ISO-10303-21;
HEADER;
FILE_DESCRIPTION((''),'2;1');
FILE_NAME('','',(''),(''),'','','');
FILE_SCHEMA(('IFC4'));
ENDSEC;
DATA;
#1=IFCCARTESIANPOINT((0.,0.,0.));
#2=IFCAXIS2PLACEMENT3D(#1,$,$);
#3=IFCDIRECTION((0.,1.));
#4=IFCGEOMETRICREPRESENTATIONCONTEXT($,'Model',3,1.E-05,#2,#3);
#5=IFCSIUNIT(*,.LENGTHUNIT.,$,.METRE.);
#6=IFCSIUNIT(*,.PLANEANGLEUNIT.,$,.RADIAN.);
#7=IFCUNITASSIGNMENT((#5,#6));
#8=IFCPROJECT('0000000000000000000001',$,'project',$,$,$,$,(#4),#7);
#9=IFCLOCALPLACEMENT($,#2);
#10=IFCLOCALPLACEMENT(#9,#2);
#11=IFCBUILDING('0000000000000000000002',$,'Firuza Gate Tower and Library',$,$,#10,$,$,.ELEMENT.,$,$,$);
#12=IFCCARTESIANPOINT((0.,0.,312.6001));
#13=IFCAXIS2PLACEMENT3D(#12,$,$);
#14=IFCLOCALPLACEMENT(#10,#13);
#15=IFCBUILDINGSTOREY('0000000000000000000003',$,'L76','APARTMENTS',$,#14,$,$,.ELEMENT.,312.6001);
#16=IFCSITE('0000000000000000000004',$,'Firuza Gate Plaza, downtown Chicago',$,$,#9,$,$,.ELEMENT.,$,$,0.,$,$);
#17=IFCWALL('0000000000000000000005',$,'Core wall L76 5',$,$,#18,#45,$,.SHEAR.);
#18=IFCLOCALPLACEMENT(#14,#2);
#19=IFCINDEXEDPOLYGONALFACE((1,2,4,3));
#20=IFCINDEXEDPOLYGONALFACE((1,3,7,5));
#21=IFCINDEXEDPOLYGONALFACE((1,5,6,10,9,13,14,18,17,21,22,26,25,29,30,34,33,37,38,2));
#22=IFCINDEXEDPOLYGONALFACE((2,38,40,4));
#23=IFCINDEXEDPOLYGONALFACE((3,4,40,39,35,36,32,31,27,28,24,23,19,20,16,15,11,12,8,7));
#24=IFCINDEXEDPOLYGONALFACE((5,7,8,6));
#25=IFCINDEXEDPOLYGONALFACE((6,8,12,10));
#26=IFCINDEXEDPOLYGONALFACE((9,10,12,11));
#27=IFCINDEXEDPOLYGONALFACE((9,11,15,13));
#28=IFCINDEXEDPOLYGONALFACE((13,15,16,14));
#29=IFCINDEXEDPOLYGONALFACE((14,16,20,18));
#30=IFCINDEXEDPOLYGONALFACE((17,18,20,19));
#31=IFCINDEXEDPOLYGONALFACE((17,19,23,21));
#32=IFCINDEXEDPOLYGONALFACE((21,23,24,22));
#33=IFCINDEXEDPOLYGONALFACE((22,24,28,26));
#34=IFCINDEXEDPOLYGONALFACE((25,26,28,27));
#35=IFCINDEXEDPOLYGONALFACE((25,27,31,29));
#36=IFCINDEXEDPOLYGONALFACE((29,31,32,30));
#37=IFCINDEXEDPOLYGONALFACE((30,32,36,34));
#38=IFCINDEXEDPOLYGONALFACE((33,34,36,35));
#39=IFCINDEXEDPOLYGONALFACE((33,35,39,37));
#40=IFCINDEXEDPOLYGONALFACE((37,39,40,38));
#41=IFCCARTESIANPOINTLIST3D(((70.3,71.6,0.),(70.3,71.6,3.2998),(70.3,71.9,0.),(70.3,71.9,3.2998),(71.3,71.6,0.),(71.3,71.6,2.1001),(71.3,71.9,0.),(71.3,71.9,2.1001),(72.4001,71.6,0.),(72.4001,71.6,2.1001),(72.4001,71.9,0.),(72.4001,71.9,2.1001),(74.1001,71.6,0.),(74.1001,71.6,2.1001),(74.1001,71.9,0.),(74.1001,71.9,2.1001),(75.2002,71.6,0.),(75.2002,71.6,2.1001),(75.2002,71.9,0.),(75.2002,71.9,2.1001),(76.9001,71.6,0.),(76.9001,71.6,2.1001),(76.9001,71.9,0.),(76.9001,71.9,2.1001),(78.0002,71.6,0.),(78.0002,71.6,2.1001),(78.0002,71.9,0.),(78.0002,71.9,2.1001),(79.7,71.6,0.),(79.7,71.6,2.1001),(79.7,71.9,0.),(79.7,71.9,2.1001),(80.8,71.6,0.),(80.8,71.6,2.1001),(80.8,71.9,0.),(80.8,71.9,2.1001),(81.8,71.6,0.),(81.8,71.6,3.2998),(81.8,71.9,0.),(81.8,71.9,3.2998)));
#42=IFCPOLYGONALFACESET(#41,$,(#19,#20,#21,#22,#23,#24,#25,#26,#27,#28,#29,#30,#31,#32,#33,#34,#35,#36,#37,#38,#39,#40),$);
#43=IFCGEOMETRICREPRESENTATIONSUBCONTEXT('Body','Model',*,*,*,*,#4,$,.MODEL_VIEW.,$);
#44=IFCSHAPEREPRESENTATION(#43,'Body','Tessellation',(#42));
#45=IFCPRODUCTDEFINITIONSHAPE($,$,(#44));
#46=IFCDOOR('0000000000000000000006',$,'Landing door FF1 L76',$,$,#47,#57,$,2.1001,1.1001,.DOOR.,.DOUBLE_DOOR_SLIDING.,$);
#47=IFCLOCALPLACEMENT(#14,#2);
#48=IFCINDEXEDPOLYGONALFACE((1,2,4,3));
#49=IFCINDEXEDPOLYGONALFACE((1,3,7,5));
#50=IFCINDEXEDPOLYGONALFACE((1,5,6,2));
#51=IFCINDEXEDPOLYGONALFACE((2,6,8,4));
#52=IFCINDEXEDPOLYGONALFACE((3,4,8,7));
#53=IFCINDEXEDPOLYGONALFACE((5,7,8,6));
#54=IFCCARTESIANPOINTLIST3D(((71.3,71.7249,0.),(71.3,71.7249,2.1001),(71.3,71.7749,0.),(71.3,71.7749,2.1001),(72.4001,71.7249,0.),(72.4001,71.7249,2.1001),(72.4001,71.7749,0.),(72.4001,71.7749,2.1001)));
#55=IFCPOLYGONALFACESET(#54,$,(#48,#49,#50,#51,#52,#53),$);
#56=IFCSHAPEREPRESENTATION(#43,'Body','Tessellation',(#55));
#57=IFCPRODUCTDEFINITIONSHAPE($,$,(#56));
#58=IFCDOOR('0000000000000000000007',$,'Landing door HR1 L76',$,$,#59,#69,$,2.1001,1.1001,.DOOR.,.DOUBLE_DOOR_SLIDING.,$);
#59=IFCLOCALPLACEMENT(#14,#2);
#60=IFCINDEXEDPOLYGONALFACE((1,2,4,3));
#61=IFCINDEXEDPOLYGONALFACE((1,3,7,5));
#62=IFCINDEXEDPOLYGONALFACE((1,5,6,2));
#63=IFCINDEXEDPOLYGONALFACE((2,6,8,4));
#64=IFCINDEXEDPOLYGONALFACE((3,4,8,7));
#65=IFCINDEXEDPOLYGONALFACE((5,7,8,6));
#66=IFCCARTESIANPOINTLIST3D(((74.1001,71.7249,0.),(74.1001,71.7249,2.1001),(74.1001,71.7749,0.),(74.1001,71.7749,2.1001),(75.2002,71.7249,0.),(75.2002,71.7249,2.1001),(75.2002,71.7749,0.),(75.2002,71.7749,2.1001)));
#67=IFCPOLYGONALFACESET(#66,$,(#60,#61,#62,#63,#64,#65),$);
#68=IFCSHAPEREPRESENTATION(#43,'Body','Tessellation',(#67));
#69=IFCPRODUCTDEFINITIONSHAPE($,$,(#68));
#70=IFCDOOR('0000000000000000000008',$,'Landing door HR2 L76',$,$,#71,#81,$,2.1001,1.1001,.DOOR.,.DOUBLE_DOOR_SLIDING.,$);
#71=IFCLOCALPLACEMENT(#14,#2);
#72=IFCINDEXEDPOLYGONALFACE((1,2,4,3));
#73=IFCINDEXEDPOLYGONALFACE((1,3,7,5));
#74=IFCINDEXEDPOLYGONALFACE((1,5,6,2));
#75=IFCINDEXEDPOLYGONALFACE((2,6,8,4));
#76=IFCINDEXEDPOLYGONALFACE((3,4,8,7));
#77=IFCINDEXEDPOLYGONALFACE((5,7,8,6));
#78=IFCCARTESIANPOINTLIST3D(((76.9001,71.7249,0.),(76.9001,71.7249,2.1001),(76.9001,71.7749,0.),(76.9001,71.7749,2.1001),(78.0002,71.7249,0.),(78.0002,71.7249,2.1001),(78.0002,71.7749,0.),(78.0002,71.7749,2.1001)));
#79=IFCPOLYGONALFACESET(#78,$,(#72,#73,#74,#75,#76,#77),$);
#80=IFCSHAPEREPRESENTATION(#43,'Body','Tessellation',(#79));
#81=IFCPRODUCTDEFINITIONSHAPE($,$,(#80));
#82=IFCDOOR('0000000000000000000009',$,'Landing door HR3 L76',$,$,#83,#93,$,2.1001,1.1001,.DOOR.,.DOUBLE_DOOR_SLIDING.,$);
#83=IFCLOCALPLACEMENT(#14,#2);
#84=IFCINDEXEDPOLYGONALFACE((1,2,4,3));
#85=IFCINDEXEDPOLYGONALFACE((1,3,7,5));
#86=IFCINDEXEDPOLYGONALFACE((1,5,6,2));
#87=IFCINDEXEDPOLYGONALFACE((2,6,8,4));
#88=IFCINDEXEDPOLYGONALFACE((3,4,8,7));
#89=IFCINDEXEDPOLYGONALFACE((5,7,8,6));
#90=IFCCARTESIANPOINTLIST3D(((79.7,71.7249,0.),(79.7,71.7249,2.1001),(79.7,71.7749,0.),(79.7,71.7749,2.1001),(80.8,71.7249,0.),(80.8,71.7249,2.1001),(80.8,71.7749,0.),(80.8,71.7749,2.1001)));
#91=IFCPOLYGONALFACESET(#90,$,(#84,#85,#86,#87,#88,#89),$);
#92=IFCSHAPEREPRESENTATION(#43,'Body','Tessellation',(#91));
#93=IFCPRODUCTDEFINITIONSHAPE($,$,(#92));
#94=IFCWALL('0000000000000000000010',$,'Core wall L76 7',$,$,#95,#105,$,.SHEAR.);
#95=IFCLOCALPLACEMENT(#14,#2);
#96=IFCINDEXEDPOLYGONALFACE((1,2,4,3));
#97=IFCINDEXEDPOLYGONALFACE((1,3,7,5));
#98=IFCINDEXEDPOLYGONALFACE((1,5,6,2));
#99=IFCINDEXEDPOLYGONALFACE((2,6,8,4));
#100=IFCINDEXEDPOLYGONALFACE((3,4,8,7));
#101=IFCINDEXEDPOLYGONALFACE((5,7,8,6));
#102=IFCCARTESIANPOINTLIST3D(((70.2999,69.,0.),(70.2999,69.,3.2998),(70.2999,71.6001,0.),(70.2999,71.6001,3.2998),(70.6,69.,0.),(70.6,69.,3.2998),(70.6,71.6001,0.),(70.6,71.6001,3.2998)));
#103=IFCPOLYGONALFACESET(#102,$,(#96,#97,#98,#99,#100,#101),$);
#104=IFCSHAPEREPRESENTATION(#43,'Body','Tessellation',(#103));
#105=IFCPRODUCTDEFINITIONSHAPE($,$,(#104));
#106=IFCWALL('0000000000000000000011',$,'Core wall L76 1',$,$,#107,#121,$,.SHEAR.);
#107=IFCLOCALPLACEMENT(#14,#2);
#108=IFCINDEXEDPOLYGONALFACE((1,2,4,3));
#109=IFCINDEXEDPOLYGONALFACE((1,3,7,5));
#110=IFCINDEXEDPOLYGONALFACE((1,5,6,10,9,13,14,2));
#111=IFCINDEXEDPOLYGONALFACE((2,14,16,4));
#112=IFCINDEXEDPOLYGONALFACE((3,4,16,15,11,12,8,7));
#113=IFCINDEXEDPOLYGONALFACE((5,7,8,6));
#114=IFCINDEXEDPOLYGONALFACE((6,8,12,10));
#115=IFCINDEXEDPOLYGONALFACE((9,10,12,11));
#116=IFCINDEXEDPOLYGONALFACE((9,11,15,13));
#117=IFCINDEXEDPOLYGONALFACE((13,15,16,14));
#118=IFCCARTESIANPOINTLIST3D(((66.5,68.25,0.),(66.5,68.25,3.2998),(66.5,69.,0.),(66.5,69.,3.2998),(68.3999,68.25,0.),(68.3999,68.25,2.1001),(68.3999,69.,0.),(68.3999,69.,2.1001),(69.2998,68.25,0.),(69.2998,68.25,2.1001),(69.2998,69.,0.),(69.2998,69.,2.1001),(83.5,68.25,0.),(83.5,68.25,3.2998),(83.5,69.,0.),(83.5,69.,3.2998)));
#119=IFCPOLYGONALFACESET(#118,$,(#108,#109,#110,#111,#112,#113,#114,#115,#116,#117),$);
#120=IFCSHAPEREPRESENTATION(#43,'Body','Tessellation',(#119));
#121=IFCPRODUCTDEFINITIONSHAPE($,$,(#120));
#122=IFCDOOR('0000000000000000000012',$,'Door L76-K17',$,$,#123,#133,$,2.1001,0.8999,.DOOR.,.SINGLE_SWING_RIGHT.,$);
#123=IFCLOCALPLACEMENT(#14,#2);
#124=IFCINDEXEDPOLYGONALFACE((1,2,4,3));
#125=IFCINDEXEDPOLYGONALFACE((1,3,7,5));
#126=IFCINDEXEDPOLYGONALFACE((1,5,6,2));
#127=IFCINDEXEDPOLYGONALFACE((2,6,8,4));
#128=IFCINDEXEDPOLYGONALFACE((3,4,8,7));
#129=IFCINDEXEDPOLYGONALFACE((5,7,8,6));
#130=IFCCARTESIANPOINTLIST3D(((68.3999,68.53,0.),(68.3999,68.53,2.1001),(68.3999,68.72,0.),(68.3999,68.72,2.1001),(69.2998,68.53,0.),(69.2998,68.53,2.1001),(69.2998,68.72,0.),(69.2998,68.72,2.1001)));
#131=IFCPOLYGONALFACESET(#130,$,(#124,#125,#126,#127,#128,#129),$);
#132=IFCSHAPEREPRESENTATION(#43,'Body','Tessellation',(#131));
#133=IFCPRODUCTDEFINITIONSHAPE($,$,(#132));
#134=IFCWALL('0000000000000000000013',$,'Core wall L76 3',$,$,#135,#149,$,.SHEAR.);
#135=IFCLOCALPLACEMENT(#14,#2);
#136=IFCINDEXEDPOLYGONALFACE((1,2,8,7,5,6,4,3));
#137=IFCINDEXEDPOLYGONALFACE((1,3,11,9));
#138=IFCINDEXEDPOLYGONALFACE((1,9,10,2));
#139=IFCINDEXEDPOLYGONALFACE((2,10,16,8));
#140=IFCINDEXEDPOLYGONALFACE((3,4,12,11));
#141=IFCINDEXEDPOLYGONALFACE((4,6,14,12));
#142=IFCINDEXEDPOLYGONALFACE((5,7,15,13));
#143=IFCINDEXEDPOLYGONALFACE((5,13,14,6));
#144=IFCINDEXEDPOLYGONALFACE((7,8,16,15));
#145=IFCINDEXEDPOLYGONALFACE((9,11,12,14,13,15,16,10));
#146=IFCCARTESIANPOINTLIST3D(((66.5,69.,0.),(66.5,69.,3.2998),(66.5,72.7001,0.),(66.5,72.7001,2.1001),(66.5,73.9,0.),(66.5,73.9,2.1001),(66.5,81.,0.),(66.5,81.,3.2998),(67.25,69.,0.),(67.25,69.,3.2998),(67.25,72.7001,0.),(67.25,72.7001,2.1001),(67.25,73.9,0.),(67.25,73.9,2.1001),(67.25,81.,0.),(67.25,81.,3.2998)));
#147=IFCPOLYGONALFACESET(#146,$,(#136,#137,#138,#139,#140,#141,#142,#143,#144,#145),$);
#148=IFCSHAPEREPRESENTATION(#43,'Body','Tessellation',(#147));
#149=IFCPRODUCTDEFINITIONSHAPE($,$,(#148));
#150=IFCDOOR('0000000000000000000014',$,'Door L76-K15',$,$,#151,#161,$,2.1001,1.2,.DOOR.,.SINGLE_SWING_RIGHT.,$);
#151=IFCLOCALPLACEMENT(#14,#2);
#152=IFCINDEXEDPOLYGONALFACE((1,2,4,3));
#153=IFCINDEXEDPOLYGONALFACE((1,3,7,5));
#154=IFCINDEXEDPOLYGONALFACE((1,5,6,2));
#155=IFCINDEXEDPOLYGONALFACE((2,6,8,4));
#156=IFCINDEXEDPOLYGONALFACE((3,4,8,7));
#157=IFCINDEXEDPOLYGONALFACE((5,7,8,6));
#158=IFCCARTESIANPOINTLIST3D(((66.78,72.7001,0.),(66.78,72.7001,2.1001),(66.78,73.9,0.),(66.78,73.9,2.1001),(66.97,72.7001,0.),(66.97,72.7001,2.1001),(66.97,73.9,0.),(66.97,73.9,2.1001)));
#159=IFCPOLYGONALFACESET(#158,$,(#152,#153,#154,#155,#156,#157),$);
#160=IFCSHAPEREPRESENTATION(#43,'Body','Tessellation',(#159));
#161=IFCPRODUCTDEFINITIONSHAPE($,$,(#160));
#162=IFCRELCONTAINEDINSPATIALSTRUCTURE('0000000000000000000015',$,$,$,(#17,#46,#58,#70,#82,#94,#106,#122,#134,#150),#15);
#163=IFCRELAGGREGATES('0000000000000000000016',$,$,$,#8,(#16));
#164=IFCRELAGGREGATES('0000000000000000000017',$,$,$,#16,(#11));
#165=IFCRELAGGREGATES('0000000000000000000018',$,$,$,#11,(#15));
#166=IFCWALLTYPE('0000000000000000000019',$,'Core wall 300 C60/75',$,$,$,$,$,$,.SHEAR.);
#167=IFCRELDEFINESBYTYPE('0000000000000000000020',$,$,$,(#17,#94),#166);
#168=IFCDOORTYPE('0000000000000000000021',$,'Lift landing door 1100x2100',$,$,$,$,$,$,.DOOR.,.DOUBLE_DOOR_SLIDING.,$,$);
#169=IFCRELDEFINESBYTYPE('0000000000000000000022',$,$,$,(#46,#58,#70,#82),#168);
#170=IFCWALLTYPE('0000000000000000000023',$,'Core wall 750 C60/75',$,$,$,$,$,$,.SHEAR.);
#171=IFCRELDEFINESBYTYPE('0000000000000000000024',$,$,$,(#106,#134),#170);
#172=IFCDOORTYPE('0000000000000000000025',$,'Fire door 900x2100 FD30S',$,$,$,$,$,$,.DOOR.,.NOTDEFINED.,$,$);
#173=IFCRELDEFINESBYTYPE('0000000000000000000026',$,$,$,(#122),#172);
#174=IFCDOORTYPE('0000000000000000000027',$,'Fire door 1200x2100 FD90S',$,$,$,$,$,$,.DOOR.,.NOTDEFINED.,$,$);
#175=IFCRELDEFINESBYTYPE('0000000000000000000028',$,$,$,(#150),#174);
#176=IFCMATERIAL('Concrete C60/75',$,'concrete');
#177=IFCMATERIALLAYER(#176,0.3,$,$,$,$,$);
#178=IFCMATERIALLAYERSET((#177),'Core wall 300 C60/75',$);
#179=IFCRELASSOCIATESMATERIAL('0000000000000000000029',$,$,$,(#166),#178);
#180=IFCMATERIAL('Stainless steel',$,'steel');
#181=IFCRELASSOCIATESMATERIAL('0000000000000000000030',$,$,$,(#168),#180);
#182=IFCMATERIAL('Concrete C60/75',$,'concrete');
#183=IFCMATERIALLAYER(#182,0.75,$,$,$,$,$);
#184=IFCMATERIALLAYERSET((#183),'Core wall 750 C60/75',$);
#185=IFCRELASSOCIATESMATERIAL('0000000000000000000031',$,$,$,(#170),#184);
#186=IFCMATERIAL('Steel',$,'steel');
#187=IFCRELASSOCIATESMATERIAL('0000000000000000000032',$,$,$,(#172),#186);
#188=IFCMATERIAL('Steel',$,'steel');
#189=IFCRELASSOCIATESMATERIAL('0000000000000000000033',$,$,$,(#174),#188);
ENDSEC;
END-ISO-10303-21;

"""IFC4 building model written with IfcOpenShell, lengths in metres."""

from ifc_helpers import new_model, si_unit, direction, frame, frame_2d, origin, place, context, subcontext, project, spatial, rectangle, extrude, material, layer, layer_set, type_object, element, fill, save


model = new_model("IFC4")

# Units and contexts
model_context = context("Model", 3, precision=1e-05, world=origin(), true_north=direction((0.0, 1.0)))
body_context = subcontext(model_context, "Body", "Model", "MODEL_VIEW")
ifc_project = project(units=[si_unit("LENGTHUNIT", "METRE"), si_unit("PLANEANGLEUNIT", "RADIAN")], contexts=[model_context])

# Site, building, storey
site_placement = place(None, origin())
site = spatial("IfcSite", under=ifc_project, at=site_placement, Name="Firuza Gate Plaza, downtown Chicago", CompositionType="ELEMENT", RefElevation=0.0)
building_placement = place(site_placement, origin())
building = spatial("IfcBuilding", under=site, at=building_placement, Name="Firuza Gate Tower and Library", CompositionType="ELEMENT")
storey_placement = place(building_placement, frame((0.0, 0.0, 312.6001)))
storey = spatial("IfcBuildingStorey", under=building, at=storey_placement, Name="L76", Description="APARTMENTS", CompositionType="ELEMENT", Elevation=312.6001)

# Wall, openings, doors
ifc_material_1 = material(Name="Concrete C60/75", Category="concrete")
ifc_layer_1 = layer(ifc_material_1, 0.3)
ifc_layer_set_1 = layer_set([ifc_layer_1], Name="Core wall 300 C60/75")
wall_type_1 = type_object("IfcWallType", Name="Core wall 300 C60/75", PredefinedType="SHEAR", material=ifc_layer_set_1)
wall_1_placement = place(storey_placement, frame((70.3, 71.75, 0.0), z_axis=(0.0, 0.0, 1.0), x_axis=(1.0, 0.0, 0.0)))
wall_1 = element("IfcWall", 1, at=wall_1_placement, inside=storey, type_object=wall_type_1, Name="Core wall L76 5", PredefinedType="SHEAR", context=body_context, shape_type="SweptSolid", body=[
    extrude(rectangle(XDim=11.5, YDim=0.3, at=frame_2d((5.75, 0.0))), origin(), (0.0, 0.0, 1.0), 3.2998),
])
opening_1_placement = place(wall_1_placement, frame((1.0, 0.0, 0.0)))
opening_1 = element("IfcOpeningElement", 2, at=opening_1_placement, cuts=wall_1, PredefinedType="OPENING", context=body_context, shape_type="SweptSolid", body=[
    extrude(rectangle(XDim=1.1001, YDim=2.1001, at=frame_2d((0.55, 1.05))), frame((0.0, 0.1602, 0.0), z_axis=(0.0, -1.0, 0.0), x_axis=(1.0, 0.0, 0.0)), (0.0, 0.0, 1.0), 0.3201),
])
opening_2_placement = place(wall_1_placement, frame((3.8, 0.0, 0.0)))
opening_2 = element("IfcOpeningElement", 3, at=opening_2_placement, cuts=wall_1, PredefinedType="OPENING", context=body_context, shape_type="SweptSolid", body=[
    extrude(rectangle(XDim=1.1001, YDim=2.1001, at=frame_2d((0.55, 1.05))), frame((0.0, 0.1602, 0.0), z_axis=(0.0, -1.0, 0.0), x_axis=(1.0, 0.0, 0.0)), (0.0, 0.0, 1.0), 0.3201),
])
opening_3_placement = place(wall_1_placement, frame((6.6001, 0.0, 0.0)))
opening_3 = element("IfcOpeningElement", 4, at=opening_3_placement, cuts=wall_1, PredefinedType="OPENING", context=body_context, shape_type="SweptSolid", body=[
    extrude(rectangle(XDim=1.1001, YDim=2.1001, at=frame_2d((0.55, 1.05))), frame((0.0, 0.1602, 0.0), z_axis=(0.0, -1.0, 0.0), x_axis=(1.0, 0.0, 0.0)), (0.0, 0.0, 1.0), 0.3201),
])
opening_4_placement = place(wall_1_placement, frame((9.3999, 0.0, 0.0)))
opening_4 = element("IfcOpeningElement", 5, at=opening_4_placement, cuts=wall_1, PredefinedType="OPENING", context=body_context, shape_type="SweptSolid", body=[
    extrude(rectangle(XDim=1.1001, YDim=2.1001, at=frame_2d((0.55, 1.05))), frame((0.0, 0.1602, 0.0), z_axis=(0.0, -1.0, 0.0), x_axis=(1.0, 0.0, 0.0)), (0.0, 0.0, 1.0), 0.3201),
])
ifc_material_2 = material(Name="Stainless steel", Category="steel")
door_type_1 = type_object("IfcDoorType", Name="Lift landing door 1100x2100", OperationType="DOUBLE_DOOR_SLIDING", PredefinedType="DOOR", material=ifc_material_2)
door_1_placement = place(opening_1_placement, origin())
door_1 = element("IfcDoor", 6, at=door_1_placement, inside=storey, type_object=door_type_1, Name="Landing door FF1 L76", OperationType="DOUBLE_DOOR_SLIDING", OverallHeight=2.1001, OverallWidth=1.1001, PredefinedType="DOOR", context=body_context, shape_type="SweptSolid", body=[
    extrude(rectangle(XDim=1.1001, YDim=2.1001, at=frame_2d((0.55, 1.05))), frame((0.0, 0.0249, 0.0), z_axis=(0.0, -1.0, 0.0), x_axis=(1.0, 0.0, 0.0)), (0.0, 0.0, 1.0), 0.05),
])
fill(opening_1, door_1)
door_2_placement = place(opening_2_placement, origin())
door_2 = element("IfcDoor", 7, at=door_2_placement, inside=storey, type_object=door_type_1, Name="Landing door HR1 L76", OperationType="DOUBLE_DOOR_SLIDING", OverallHeight=2.1001, OverallWidth=1.1001, PredefinedType="DOOR", context=body_context, shape_type="SweptSolid", body=[
    extrude(rectangle(XDim=1.1001, YDim=2.1001, at=frame_2d((0.55, 1.05))), frame((0.0, 0.0249, 0.0), z_axis=(0.0, -1.0, 0.0), x_axis=(1.0, 0.0, 0.0)), (0.0, 0.0, 1.0), 0.05),
])
fill(opening_2, door_2)
door_3_placement = place(opening_3_placement, origin())
door_3 = element("IfcDoor", 8, at=door_3_placement, inside=storey, type_object=door_type_1, Name="Landing door HR2 L76", OperationType="DOUBLE_DOOR_SLIDING", OverallHeight=2.1001, OverallWidth=1.1001, PredefinedType="DOOR", context=body_context, shape_type="SweptSolid", body=[
    extrude(rectangle(XDim=1.1001, YDim=2.1001, at=frame_2d((0.55, 1.05))), frame((0.0, 0.0249, 0.0), z_axis=(0.0, -1.0, 0.0), x_axis=(1.0, 0.0, 0.0)), (0.0, 0.0, 1.0), 0.05),
])
fill(opening_3, door_3)
door_4_placement = place(opening_4_placement, origin())
door_4 = element("IfcDoor", 9, at=door_4_placement, inside=storey, type_object=door_type_1, Name="Landing door HR3 L76", OperationType="DOUBLE_DOOR_SLIDING", OverallHeight=2.1001, OverallWidth=1.1001, PredefinedType="DOOR", context=body_context, shape_type="SweptSolid", body=[
    extrude(rectangle(XDim=1.1001, YDim=2.1001, at=frame_2d((0.55, 1.05))), frame((0.0, 0.0249, 0.0), z_axis=(0.0, -1.0, 0.0), x_axis=(1.0, 0.0, 0.0)), (0.0, 0.0, 1.0), 0.05),
])
fill(opening_4, door_4)

# Wall
wall_2_placement = place(storey_placement, frame((70.45, 69.0, 0.0), z_axis=(0.0, 0.0, 1.0), x_axis=(0.0, 1.0, 0.0)))
element("IfcWall", 10, at=wall_2_placement, inside=storey, type_object=wall_type_1, Name="Core wall L76 7", PredefinedType="SHEAR", context=body_context, shape_type="SweptSolid", body=[
    extrude(rectangle(XDim=2.6001, YDim=0.3, at=frame_2d((1.3, 0.0))), origin(), (0.0, 0.0, 1.0), 3.2998),
])

# Walls, openings, doors
ifc_material_3 = material(Name="Concrete C60/75", Category="concrete")
ifc_layer_2 = layer(ifc_material_3, 0.75)
ifc_layer_set_2 = layer_set([ifc_layer_2], Name="Core wall 750 C60/75")
wall_type_2 = type_object("IfcWallType", Name="Core wall 750 C60/75", PredefinedType="SHEAR", material=ifc_layer_set_2)
wall_3_placement = place(storey_placement, frame((66.5, 68.625, 0.0), z_axis=(0.0, 0.0, 1.0), x_axis=(1.0, 0.0, 0.0)))
wall_3 = element("IfcWall", 11, at=wall_3_placement, inside=storey, type_object=wall_type_2, Name="Core wall L76 1", PredefinedType="SHEAR", context=body_context, shape_type="SweptSolid", body=[
    extrude(rectangle(XDim=17.0, YDim=0.75, at=frame_2d((8.5, 0.0))), origin(), (0.0, 0.0, 1.0), 3.2998),
])
opening_5_placement = place(wall_3_placement, frame((1.8999, 0.0, 0.0)))
opening_5 = element("IfcOpeningElement", 12, at=opening_5_placement, cuts=wall_3, PredefinedType="OPENING", context=body_context, shape_type="SweptSolid", body=[
    extrude(rectangle(XDim=0.8999, YDim=2.1001, at=frame_2d((0.45, 1.05))), frame((0.0, 0.385, 0.0), z_axis=(0.0, -1.0, 0.0), x_axis=(1.0, 0.0, 0.0)), (0.0, 0.0, 1.0), 0.77),
])
ifc_material_4 = material(Name="Steel", Category="steel")
door_type_2 = type_object("IfcDoorType", Name="Fire door 900x2100 FD30S", OperationType="NOTDEFINED", PredefinedType="DOOR", material=ifc_material_4)
door_5_placement = place(opening_5_placement, origin())
door_5 = element("IfcDoor", 13, at=door_5_placement, inside=storey, type_object=door_type_2, Name="Door L76-K17", OperationType="SINGLE_SWING_RIGHT", OverallHeight=2.1001, OverallWidth=0.8999, PredefinedType="DOOR", context=body_context, shape_type="SweptSolid", body=[
    extrude(rectangle(XDim=0.8999, YDim=2.1001, at=frame_2d((0.45, 1.05))), frame((0.0, 0.095, 0.0), z_axis=(0.0, -1.0, 0.0), x_axis=(1.0, 0.0, 0.0)), (0.0, 0.0, 1.0), 0.1899),
])
fill(opening_5, door_5)
wall_4_placement = place(storey_placement, frame((66.875, 69.0, 0.0), z_axis=(0.0, 0.0, 1.0), x_axis=(0.0, 1.0, 0.0)))
wall_4 = element("IfcWall", 14, at=wall_4_placement, inside=storey, type_object=wall_type_2, Name="Core wall L76 3", PredefinedType="SHEAR", context=body_context, shape_type="SweptSolid", body=[
    extrude(rectangle(XDim=12.0, YDim=0.75, at=frame_2d((6.0, 0.0))), origin(), (0.0, 0.0, 1.0), 3.2998),
])
opening_6_placement = place(wall_4_placement, frame((3.7, 0.0, 0.0)))
opening_6 = element("IfcOpeningElement", 15, at=opening_6_placement, cuts=wall_4, PredefinedType="OPENING", context=body_context, shape_type="SweptSolid", body=[
    extrude(rectangle(XDim=1.2, YDim=2.1001, at=frame_2d((0.6001, 1.05))), frame((0.0, 0.385, 0.0), z_axis=(0.0, -1.0, 0.0), x_axis=(1.0, 0.0, 0.0)), (0.0, 0.0, 1.0), 0.77),
])
ifc_material_5 = material(Name="Steel", Category="steel")
door_type_3 = type_object("IfcDoorType", Name="Fire door 1200x2100 FD90S", OperationType="NOTDEFINED", PredefinedType="DOOR", material=ifc_material_5)
door_6_placement = place(opening_6_placement, origin())
door_6 = element("IfcDoor", 16, at=door_6_placement, inside=storey, type_object=door_type_3, Name="Door L76-K15", OperationType="SINGLE_SWING_RIGHT", OverallHeight=2.1001, OverallWidth=1.2, PredefinedType="DOOR", context=body_context, shape_type="SweptSolid", body=[
    extrude(rectangle(XDim=1.2, YDim=2.1001, at=frame_2d((0.6001, 1.05))), frame((0.0, 0.095, 0.0), z_axis=(0.0, -1.0, 0.0), x_axis=(1.0, 0.0, 0.0)), (0.0, 0.0, 1.0), 0.1899),
])
fill(opening_6, door_6)

save(model, "model.ifc")
